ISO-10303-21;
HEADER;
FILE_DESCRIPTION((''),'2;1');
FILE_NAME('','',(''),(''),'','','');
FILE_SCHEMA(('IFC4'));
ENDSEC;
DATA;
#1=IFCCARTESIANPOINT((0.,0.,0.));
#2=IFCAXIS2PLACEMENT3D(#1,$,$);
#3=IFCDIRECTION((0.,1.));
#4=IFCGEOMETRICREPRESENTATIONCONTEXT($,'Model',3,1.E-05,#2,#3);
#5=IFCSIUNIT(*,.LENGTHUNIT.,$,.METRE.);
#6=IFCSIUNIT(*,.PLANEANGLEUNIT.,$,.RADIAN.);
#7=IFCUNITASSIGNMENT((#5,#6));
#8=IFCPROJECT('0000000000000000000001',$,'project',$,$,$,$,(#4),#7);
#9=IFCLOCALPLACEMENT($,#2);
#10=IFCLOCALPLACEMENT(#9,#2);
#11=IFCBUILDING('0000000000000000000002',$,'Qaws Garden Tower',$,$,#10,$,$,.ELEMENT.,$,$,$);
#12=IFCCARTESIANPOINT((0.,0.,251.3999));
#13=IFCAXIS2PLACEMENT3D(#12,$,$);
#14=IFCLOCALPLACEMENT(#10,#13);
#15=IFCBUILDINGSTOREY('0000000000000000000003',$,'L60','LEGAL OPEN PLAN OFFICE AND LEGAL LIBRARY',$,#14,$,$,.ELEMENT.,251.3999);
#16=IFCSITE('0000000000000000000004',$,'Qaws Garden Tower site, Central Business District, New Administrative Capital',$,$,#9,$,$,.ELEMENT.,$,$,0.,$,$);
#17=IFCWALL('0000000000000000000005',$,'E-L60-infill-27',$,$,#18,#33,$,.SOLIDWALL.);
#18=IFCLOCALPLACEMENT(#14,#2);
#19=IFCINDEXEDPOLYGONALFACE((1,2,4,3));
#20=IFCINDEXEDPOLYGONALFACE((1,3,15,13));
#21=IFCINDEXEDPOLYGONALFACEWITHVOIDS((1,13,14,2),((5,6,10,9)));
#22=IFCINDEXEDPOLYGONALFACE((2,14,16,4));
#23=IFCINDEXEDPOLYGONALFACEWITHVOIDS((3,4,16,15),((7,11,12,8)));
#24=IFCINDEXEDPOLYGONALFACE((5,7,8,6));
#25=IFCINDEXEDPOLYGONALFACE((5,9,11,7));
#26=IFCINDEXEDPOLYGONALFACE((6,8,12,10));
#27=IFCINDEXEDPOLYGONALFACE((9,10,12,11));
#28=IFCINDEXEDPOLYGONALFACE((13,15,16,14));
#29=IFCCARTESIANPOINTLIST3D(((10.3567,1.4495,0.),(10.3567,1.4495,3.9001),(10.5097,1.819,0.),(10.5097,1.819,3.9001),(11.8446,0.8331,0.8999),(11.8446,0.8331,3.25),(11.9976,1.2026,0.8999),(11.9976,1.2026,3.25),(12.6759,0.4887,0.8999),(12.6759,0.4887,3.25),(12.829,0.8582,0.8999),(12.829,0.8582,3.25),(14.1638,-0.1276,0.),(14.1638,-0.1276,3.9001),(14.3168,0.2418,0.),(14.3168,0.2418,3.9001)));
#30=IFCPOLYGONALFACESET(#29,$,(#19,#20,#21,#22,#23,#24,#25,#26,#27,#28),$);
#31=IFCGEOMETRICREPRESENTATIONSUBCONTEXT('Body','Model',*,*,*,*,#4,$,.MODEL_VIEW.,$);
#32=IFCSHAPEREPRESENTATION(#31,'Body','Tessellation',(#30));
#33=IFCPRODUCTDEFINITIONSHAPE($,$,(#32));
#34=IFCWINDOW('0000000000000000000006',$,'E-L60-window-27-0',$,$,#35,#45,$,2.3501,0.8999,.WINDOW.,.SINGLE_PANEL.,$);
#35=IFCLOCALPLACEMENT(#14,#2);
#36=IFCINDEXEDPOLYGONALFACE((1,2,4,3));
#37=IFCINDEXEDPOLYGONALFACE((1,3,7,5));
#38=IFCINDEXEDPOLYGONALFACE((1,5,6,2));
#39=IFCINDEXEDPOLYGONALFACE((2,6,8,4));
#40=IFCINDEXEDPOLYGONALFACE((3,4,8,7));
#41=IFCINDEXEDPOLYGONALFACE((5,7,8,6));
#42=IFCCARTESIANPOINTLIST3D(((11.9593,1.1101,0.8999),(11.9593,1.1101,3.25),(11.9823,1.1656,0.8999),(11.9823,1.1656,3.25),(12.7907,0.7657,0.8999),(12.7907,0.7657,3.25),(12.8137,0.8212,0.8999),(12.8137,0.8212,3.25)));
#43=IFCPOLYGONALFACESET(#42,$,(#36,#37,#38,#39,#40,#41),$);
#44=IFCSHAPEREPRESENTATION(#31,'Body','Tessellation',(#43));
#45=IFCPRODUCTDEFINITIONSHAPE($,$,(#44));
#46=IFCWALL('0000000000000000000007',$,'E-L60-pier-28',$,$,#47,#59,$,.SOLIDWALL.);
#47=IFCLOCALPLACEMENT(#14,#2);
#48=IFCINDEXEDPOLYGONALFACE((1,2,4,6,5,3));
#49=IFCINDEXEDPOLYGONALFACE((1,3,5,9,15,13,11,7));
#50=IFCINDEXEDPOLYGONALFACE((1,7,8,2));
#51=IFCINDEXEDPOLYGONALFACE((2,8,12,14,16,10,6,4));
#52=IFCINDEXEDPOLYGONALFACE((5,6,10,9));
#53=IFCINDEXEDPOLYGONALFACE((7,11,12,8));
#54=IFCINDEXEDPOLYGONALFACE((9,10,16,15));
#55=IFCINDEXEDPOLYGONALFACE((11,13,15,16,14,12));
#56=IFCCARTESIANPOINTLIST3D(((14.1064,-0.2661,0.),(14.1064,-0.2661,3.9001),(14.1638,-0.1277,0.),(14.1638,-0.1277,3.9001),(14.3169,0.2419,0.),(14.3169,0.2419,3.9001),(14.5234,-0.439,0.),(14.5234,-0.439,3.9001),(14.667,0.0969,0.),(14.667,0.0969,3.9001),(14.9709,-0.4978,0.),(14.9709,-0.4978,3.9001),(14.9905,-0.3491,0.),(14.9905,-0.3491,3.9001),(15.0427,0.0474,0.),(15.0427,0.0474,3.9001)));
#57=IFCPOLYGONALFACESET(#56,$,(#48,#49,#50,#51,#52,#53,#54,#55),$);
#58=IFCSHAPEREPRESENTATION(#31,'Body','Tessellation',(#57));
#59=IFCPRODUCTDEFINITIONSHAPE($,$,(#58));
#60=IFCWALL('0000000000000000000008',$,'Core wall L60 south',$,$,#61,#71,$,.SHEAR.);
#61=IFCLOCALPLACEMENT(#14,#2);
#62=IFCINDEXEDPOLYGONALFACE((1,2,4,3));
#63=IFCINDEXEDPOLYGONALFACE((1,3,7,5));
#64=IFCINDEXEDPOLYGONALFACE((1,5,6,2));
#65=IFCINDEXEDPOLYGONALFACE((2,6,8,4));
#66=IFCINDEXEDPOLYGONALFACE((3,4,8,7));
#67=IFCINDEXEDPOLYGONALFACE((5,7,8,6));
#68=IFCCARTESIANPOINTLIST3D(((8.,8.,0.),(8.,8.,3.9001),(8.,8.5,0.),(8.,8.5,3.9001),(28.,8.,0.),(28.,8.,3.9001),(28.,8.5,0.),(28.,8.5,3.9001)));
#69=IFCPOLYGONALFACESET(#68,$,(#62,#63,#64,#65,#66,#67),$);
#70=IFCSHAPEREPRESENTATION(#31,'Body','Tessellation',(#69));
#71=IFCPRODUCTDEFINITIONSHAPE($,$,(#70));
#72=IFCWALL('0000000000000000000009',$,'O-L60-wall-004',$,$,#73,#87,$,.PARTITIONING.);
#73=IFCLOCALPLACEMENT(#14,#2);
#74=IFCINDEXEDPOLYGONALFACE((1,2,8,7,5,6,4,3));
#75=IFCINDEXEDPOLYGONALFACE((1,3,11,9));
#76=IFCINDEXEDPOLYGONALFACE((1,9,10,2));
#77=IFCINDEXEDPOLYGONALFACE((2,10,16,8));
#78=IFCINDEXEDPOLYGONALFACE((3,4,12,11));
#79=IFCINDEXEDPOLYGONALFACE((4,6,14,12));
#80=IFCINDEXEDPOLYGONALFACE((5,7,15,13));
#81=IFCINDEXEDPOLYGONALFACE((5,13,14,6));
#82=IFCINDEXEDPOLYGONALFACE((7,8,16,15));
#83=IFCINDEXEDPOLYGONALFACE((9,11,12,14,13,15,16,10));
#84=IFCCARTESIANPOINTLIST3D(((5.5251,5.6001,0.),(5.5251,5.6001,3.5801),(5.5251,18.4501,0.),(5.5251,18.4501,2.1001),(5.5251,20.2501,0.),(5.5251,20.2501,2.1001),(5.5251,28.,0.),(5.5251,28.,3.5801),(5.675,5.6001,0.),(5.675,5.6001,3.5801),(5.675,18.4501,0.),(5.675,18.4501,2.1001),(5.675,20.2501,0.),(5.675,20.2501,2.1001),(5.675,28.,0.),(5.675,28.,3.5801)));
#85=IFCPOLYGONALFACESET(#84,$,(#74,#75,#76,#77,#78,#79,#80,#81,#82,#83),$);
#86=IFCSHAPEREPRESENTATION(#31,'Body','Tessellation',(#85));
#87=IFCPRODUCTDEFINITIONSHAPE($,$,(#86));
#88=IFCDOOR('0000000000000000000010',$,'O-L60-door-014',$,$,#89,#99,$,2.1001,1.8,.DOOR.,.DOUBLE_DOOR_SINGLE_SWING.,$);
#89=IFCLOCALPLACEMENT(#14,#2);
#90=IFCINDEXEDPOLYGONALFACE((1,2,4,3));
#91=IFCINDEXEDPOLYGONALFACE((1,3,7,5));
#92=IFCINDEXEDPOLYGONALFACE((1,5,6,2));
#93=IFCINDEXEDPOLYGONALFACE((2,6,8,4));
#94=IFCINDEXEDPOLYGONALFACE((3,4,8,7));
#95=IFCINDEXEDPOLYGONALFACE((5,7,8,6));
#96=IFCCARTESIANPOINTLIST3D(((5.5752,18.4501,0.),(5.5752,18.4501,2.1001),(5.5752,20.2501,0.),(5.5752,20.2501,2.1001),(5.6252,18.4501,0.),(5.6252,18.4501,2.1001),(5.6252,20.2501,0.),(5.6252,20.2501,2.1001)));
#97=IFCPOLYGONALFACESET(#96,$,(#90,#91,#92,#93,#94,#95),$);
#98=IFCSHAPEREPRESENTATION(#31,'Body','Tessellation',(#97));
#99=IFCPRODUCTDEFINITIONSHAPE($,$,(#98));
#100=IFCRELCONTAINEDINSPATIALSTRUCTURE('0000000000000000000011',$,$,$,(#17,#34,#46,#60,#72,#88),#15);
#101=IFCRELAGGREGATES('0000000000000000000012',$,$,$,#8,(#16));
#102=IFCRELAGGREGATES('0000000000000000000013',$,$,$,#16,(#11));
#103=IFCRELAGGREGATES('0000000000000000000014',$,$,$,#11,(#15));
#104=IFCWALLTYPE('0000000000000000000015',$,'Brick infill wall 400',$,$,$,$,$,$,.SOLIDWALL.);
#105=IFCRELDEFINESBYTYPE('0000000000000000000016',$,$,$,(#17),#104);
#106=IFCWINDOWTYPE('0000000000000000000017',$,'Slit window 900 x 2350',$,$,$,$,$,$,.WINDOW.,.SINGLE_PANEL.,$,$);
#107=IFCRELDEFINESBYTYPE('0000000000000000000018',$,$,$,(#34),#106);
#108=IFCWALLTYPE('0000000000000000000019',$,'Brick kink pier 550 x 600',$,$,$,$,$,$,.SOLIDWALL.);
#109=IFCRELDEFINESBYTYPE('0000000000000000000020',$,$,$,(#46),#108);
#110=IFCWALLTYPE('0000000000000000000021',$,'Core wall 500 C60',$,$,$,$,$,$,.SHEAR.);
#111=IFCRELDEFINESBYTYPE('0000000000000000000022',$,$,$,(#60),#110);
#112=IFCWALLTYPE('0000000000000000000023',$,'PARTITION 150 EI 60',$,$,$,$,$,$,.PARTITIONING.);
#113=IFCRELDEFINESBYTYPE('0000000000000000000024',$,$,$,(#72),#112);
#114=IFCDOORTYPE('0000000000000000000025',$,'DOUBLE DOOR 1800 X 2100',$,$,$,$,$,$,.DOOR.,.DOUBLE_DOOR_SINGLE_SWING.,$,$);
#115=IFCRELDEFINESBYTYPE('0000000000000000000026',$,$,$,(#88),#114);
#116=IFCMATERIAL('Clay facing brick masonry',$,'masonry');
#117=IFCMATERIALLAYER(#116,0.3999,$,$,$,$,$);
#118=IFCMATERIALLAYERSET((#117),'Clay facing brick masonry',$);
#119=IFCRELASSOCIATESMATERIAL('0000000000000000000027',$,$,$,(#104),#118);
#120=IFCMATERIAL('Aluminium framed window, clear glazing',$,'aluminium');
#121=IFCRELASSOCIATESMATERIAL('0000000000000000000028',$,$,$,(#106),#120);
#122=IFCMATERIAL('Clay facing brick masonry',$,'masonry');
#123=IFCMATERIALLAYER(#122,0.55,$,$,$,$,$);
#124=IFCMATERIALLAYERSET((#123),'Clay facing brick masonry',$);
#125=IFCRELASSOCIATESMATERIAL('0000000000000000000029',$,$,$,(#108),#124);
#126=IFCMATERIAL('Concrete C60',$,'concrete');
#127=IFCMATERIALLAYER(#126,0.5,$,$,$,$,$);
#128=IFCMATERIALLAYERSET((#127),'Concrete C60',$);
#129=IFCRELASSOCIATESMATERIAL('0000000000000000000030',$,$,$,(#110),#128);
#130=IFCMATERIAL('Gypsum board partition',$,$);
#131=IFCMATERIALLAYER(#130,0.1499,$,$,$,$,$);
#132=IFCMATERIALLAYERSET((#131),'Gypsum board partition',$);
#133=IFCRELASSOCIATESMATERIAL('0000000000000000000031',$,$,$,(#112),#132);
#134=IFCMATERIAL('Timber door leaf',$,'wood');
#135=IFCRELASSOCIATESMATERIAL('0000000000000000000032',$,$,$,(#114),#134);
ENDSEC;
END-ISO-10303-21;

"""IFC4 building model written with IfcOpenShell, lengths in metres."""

from ifc_helpers import new_model, si_unit, direction, frame, frame_2d, origin, place, context, subcontext, project, spatial, polyline, rectangle, outline, extrude, material, layer, layer_set, type_object, element, fill, save


model = new_model("IFC4")

# Units and contexts
model_context = context("Model", 3, precision=1e-05, world=origin(), true_north=direction((0.0, 1.0)))
body_context = subcontext(model_context, "Body", "Model", "MODEL_VIEW")
ifc_project = project(units=[si_unit("LENGTHUNIT", "METRE"), si_unit("PLANEANGLEUNIT", "RADIAN")], contexts=[model_context])

# Site, building, storey
site_placement = place(None, origin())
site = spatial("IfcSite", under=ifc_project, at=site_placement, Name="Qaws Garden Tower site, Central Business District, New Administrative Capital", CompositionType="ELEMENT", RefElevation=0.0)
building_placement = place(site_placement, origin())
building = spatial("IfcBuilding", under=site, at=building_placement, Name="Qaws Garden Tower", CompositionType="ELEMENT")
storey_placement = place(building_placement, frame((0.0, 0.0, 251.3999)))
storey = spatial("IfcBuildingStorey", under=building, at=storey_placement, Name="L60", Description="LEGAL OPEN PLAN OFFICE AND LEGAL LIBRARY", CompositionType="ELEMENT", Elevation=251.3999)

# Shared definitions
placement_1 = place(storey_placement, origin())

# Wall, opening, window
ifc_material_1 = material(Name="Clay facing brick masonry", Category="masonry")
ifc_layer_1 = layer(ifc_material_1, 0.3999)
ifc_layer_set_1 = layer_set([ifc_layer_1], Name="Clay facing brick masonry")
wall_type_1 = type_object("IfcWallType", Name="Brick infill wall 400", PredefinedType="SOLIDWALL", material=ifc_layer_set_1)
ifc_material_2 = material(Name="Aluminium framed window, clear glazing", Category="aluminium")
window_type = type_object("IfcWindowType", Name="Slit window 900 x 2350", PartitioningType="SINGLE_PANEL", PredefinedType="WINDOW", material=ifc_material_2)
wall_1_placement = place(storey_placement, frame((10.4331, 1.6343, 0.0), z_axis=(0.0, 0.0, 1.0), x_axis=(0.923864, -0.382722, 0.0)))
wall_1 = element("IfcWall", 1, at=wall_1_placement, inside=storey, type_object=wall_type_1, Name="E-L60-infill-27", PredefinedType="SOLIDWALL", context=body_context, shape_type="SweptSolid", body=[
    extrude(rectangle(XDim=4.1208, YDim=0.3999, at=frame_2d((2.0605, 0.0))), origin(), (0.0, 0.0, 1.0), 3.9001),
])
opening_1_placement = place(wall_1_placement, frame((1.6106, 0.0, 0.8999)))
opening_1 = element("IfcOpeningElement", 2, at=opening_1_placement, cuts=wall_1, PredefinedType="OPENING", context=body_context, shape_type="SweptSolid", body=[
    extrude(rectangle(XDim=0.8999, YDim=2.3501, at=frame_2d((0.45, 1.175))), frame((0.0, 0.21, 0.0), z_axis=(0.0, -1.0, 0.0), x_axis=(1.0, 0.0, 0.0)), (0.0, 0.0, 1.0), 0.4199),
])
window_1_placement = place(opening_1_placement, origin())
window_1 = element("IfcWindow", 3, at=window_1_placement, inside=storey, type_object=window_type, Name="E-L60-window-27-0", OverallHeight=2.3501, OverallWidth=0.8999, PartitioningType="SINGLE_PANEL", PredefinedType="WINDOW", context=body_context, shape_type="SweptSolid", body=[
    extrude(rectangle(XDim=0.8999, YDim=2.3501, at=frame_2d((0.45, 1.175))), frame((0.0, 0.1599, 0.0), z_axis=(0.0, -1.0, 0.0), x_axis=(1.0, 0.0, 0.0)), (0.0, 0.0, 1.0), 0.0601),
])
fill(opening_1, window_1)

# Walls
ifc_material_3 = material(Name="Clay facing brick masonry", Category="masonry")
ifc_layer_2 = layer(ifc_material_3, 0.55)
ifc_layer_set_2 = layer_set([ifc_layer_2], Name="Clay facing brick masonry")
wall_type_2 = type_object("IfcWallType", Name="Brick kink pier 550 x 600", PredefinedType="SOLIDWALL", material=ifc_layer_set_2)
element("IfcWall", 4, at=placement_1, inside=storey, type_object=wall_type_2, Name="E-L60-pier-28", PredefinedType="SOLIDWALL", context=body_context, shape_type="SweptSolid", body=[
    extrude(outline(polyline([(14.1638, -0.1277), (14.1064, -0.2661), (14.5234, -0.439), (14.9709, -0.4978), (14.9905, -0.3491), (15.0427, 0.0474), (14.667, 0.0969), (14.3169, 0.2419), (14.1638, -0.1277)])), origin(), (0.0, 0.0, 1.0), 3.9001),
])
ifc_material_4 = material(Name="Concrete C60", Category="concrete")
ifc_layer_3 = layer(ifc_material_4, 0.5)
ifc_layer_set_3 = layer_set([ifc_layer_3], Name="Concrete C60")
wall_type_3 = type_object("IfcWallType", Name="Core wall 500 C60", PredefinedType="SHEAR", material=ifc_layer_set_3)
wall_2_placement = place(storey_placement, frame((8.0, 8.25, 0.0), z_axis=(0.0, 0.0, 1.0), x_axis=(1.0, 0.0, 0.0)))
element("IfcWall", 5, at=wall_2_placement, inside=storey, type_object=wall_type_3, Name="Core wall L60 south", PredefinedType="SHEAR", context=body_context, shape_type="SweptSolid", body=[
    extrude(rectangle(XDim=20.0, YDim=0.5, at=frame_2d((10.0, 0.0))), origin(), (0.0, 0.0, 1.0), 3.9001),
])

# Wall, opening, door
ifc_material_5 = material(Name="Gypsum board partition")
ifc_layer_4 = layer(ifc_material_5, 0.1499)
ifc_layer_set_4 = layer_set([ifc_layer_4], Name="Gypsum board partition")
wall_type_4 = type_object("IfcWallType", Name="PARTITION 150 EI 60", PredefinedType="PARTITIONING", material=ifc_layer_set_4)
wall_3_placement = place(storey_placement, frame((5.6001, 5.6001, 0.0), z_axis=(0.0, 0.0, 1.0), x_axis=(0.0, 1.0, 0.0)))
wall_3 = element("IfcWall", 6, at=wall_3_placement, inside=storey, type_object=wall_type_4, Name="O-L60-wall-004", PredefinedType="PARTITIONING", context=body_context, shape_type="SweptSolid", body=[
    extrude(rectangle(XDim=22.3999, YDim=0.1499, at=frame_2d((11.2, 0.0))), origin(), (0.0, 0.0, 1.0), 3.5801),
])
opening_2_placement = place(wall_3_placement, frame((12.8501, 0.0, 0.0)))
opening_2 = element("IfcOpeningElement", 7, at=opening_2_placement, cuts=wall_3, PredefinedType="OPENING", context=body_context, shape_type="SweptSolid", body=[
    extrude(rectangle(XDim=1.8, YDim=2.1001, at=frame_2d((0.8999, 1.05))), frame((0.0, 0.085, 0.0), z_axis=(0.0, -1.0, 0.0), x_axis=(1.0, 0.0, 0.0)), (0.0, 0.0, 1.0), 0.1699),
])
ifc_material_6 = material(Name="Timber door leaf", Category="wood")
door_type_1 = type_object("IfcDoorType", Name="DOUBLE DOOR 1800 X 2100", OperationType="DOUBLE_DOOR_SINGLE_SWING", PredefinedType="DOOR", material=ifc_material_6)
door_1_placement = place(opening_2_placement, origin())
door_1 = element("IfcDoor", 8, at=door_1_placement, inside=storey, type_object=door_type_1, Name="O-L60-door-014", OperationType="DOUBLE_DOOR_SINGLE_SWING", OverallHeight=2.1001, OverallWidth=1.8, PredefinedType="DOOR", context=body_context, shape_type="SweptSolid", body=[
    extrude(rectangle(XDim=1.8, YDim=2.1001, at=frame_2d((0.8999, 1.05))), frame((0.0, 0.0249, 0.0), z_axis=(0.0, -1.0, 0.0), x_axis=(1.0, 0.0, 0.0)), (0.0, 0.0, 1.0), 0.05),
])
fill(opening_2, door_1)

save(model, "model.ifc")
